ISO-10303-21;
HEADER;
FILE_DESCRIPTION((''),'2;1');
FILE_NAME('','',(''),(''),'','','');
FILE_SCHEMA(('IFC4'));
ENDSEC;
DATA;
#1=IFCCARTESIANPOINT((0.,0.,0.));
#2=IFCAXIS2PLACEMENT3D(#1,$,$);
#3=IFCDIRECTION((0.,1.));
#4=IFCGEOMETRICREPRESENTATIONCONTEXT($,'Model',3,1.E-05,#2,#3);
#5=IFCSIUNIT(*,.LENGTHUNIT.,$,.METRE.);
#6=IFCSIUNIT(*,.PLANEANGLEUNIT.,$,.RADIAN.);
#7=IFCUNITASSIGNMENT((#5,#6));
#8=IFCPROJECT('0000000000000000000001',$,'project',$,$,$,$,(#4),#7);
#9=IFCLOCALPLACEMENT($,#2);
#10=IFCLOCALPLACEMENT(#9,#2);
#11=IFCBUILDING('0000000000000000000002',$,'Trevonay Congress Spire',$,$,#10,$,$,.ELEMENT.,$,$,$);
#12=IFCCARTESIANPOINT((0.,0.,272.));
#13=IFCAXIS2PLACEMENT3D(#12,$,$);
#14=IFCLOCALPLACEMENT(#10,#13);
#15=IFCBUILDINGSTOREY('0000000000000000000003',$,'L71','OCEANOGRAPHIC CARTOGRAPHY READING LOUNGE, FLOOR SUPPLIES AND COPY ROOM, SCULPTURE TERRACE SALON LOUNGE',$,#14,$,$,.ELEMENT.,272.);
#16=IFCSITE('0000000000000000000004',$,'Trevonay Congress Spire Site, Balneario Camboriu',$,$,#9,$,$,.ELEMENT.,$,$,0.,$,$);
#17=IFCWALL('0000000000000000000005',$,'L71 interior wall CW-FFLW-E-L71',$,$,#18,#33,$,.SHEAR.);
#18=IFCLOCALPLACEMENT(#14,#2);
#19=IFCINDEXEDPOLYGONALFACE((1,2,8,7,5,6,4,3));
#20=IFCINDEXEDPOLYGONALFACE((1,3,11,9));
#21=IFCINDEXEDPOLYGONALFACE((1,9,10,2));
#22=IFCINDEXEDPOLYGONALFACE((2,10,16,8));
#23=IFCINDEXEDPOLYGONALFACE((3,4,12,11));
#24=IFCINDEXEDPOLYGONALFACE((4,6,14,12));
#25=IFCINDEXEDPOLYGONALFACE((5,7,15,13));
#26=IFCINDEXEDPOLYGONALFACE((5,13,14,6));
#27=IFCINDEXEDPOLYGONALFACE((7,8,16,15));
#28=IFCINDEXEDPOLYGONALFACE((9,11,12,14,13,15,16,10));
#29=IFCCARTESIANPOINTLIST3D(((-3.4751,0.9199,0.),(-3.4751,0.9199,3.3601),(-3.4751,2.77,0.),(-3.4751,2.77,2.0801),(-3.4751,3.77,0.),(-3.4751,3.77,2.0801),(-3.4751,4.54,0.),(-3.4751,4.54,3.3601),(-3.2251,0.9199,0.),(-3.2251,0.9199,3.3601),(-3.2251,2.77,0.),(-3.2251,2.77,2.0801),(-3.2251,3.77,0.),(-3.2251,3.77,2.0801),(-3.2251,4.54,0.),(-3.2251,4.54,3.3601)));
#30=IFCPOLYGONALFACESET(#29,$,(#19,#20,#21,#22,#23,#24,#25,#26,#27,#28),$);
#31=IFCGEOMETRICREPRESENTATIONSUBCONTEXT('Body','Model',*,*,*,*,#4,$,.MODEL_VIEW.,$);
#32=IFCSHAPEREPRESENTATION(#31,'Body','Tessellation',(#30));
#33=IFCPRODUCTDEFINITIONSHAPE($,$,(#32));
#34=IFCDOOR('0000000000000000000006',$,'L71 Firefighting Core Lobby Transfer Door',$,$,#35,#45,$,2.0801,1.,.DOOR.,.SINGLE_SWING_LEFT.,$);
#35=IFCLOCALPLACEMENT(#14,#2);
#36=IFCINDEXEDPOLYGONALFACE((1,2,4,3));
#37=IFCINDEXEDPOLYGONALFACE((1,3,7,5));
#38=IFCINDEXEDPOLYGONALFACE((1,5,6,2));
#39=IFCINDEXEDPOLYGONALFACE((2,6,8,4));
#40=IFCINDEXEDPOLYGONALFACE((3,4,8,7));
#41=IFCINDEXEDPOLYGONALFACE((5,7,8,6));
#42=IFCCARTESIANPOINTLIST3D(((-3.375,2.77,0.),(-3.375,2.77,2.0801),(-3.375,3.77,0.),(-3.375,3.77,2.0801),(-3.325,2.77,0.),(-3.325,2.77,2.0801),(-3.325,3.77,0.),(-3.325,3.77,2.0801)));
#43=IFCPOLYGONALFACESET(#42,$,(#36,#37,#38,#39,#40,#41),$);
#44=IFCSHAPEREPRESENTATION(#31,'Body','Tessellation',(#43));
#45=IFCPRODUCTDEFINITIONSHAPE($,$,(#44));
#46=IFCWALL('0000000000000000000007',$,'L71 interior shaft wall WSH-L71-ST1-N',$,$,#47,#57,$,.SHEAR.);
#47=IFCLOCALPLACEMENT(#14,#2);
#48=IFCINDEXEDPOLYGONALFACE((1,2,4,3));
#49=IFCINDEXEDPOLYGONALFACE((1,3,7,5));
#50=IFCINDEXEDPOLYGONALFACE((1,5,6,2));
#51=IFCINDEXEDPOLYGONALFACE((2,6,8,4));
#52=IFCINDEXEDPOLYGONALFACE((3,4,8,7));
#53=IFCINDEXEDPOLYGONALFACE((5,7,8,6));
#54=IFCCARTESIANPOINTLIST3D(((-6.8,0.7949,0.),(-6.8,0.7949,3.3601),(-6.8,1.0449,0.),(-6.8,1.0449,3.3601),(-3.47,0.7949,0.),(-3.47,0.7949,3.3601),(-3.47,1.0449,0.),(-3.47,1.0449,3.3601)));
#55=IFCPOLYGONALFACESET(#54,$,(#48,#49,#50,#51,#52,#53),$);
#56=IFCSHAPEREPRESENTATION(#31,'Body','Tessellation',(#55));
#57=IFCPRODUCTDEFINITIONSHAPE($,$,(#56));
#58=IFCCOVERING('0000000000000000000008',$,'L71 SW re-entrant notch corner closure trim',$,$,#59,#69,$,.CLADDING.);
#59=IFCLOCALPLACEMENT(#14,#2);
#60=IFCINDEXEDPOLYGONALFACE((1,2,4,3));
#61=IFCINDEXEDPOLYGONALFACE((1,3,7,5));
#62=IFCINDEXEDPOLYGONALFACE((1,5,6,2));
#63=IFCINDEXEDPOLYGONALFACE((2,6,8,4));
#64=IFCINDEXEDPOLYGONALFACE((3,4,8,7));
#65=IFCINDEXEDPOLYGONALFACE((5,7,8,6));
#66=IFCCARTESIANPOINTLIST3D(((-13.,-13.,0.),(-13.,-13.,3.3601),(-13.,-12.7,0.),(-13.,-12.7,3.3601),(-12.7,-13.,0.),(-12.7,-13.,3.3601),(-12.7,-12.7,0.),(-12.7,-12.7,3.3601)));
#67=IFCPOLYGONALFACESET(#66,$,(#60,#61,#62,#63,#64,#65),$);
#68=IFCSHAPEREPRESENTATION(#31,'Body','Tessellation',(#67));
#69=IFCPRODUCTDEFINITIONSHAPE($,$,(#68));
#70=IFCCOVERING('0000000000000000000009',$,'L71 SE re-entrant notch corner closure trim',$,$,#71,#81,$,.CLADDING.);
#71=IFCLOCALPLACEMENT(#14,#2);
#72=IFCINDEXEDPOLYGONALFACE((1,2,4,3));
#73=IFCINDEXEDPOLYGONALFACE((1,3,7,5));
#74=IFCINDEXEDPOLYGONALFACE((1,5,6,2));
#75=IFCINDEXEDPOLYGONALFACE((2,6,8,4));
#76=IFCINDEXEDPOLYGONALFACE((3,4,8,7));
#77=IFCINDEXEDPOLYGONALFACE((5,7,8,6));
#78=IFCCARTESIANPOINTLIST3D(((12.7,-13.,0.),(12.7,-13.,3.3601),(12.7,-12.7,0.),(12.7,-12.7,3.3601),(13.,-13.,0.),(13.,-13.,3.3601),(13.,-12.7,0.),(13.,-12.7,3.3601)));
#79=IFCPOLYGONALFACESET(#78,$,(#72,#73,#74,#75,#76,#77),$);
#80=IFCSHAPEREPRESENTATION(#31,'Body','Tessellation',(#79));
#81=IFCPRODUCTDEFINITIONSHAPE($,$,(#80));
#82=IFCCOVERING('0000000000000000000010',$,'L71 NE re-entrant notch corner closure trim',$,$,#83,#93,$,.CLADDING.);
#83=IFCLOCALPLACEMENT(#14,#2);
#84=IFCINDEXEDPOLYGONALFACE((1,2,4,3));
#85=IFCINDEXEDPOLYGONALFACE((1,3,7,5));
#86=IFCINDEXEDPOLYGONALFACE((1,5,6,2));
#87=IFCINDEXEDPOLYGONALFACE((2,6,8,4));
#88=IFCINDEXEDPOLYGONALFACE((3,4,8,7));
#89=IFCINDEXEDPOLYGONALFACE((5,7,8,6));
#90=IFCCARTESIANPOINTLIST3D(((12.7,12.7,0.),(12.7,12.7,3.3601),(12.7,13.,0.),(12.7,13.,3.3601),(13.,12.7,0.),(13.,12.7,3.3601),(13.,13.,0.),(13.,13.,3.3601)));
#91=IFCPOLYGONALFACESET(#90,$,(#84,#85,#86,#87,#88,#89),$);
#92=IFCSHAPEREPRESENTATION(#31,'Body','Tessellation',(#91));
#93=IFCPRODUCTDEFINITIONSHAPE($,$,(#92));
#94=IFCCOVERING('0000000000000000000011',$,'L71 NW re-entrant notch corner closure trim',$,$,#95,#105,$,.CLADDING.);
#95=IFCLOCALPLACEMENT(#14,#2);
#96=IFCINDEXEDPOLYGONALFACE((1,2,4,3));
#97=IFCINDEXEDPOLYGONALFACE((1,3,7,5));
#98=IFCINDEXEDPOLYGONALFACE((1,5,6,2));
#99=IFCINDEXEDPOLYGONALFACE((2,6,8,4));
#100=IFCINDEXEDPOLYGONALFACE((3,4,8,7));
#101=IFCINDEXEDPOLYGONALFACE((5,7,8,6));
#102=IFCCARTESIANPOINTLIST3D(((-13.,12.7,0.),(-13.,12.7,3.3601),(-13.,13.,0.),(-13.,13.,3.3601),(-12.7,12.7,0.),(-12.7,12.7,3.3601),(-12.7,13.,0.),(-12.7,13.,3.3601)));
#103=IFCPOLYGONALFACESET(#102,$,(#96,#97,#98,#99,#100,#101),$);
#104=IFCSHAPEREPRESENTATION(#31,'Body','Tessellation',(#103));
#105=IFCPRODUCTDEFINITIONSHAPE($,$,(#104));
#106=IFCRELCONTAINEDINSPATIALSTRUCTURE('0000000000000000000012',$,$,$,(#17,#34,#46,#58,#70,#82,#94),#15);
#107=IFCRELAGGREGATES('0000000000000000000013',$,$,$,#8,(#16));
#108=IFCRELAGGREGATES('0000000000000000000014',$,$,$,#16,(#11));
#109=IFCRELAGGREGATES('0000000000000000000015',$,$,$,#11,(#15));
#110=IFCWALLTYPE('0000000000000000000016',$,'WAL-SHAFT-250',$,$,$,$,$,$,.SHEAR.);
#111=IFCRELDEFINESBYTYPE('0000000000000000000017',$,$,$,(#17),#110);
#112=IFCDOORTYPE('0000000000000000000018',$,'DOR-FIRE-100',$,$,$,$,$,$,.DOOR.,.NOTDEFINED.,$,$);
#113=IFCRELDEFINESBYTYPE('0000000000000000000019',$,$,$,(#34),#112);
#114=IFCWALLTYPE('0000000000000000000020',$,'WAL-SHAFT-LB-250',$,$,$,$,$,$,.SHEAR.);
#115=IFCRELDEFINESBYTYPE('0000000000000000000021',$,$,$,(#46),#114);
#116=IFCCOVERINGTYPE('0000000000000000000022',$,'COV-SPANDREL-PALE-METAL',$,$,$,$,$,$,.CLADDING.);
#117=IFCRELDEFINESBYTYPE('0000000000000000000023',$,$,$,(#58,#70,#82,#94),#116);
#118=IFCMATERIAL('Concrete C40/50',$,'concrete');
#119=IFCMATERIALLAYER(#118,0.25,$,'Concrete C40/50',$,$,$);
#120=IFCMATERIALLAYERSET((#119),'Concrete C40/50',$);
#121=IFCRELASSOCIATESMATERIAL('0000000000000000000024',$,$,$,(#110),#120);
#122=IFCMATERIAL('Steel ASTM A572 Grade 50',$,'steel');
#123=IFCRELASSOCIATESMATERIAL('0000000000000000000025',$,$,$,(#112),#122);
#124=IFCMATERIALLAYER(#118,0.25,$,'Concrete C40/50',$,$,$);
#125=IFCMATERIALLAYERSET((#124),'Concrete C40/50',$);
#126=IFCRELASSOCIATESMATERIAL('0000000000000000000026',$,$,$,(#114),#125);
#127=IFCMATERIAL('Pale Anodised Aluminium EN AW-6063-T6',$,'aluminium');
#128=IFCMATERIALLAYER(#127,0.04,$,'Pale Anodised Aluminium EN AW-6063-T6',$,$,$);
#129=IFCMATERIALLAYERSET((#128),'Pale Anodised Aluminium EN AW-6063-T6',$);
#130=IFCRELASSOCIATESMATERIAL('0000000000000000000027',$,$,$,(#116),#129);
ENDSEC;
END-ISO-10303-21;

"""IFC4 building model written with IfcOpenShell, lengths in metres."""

from ifc_helpers import new_model, si_unit, direction, frame, frame_2d, origin, place, context, subcontext, project, spatial, polyline, rectangle, outline, extrude, material, layer, layer_set, type_object, element, fill, save


model = new_model("IFC4")

# Units and contexts
model_context = context("Model", 3, precision=1e-05, world=origin(), true_north=direction((0.0, 1.0)))
body_context = subcontext(model_context, "Body", "Model", "MODEL_VIEW")
ifc_project = project(units=[si_unit("LENGTHUNIT", "METRE"), si_unit("PLANEANGLEUNIT", "RADIAN")], contexts=[model_context])

# Site, building, storey
site_placement = place(None, origin())
site = spatial("IfcSite", under=ifc_project, at=site_placement, Name="Trevonay Congress Spire Site, Balneario Camboriu", CompositionType="ELEMENT", RefElevation=0.0)
building_placement = place(site_placement, origin())
building = spatial("IfcBuilding", under=site, at=building_placement, Name="Trevonay Congress Spire", CompositionType="ELEMENT")
storey_placement = place(building_placement, frame((0.0, 0.0, 272.0)))
storey = spatial("IfcBuildingStorey", under=building, at=storey_placement, Name="L71", Description="OCEANOGRAPHIC CARTOGRAPHY READING LOUNGE, FLOOR SUPPLIES AND COPY ROOM, SCULPTURE TERRACE SALON LOUNGE", CompositionType="ELEMENT", Elevation=272.0)

# Shared definitions
ifc_material_1 = material(Name="Steel ASTM A572 Grade 50", Category="steel")

# Shared definitions
ifc_material_2 = material(Name="Concrete C40/50", Category="concrete")

# Shared definitions
ifc_layer_1 = layer(ifc_material_2, 0.25, Name="Concrete C40/50")
ifc_layer_set_1 = layer_set([ifc_layer_1], Name="Concrete C40/50")
wall_type_1 = type_object("IfcWallType", Name="WAL-SHAFT-250", PredefinedType="SHEAR", material=ifc_layer_set_1)
ifc_material_3 = material(Name="Pale Anodised Aluminium EN AW-6063-T6", Category="aluminium")

# Wall, opening, door
wall_1_placement = place(storey_placement, frame((-3.3501, 0.9199, 0.0), z_axis=(0.0, 0.0, 1.0), x_axis=(0.0, 1.0, 0.0)))
wall_1 = element("IfcWall", 1, at=wall_1_placement, inside=storey, type_object=wall_type_1, Name="L71 interior wall CW-FFLW-E-L71", PredefinedType="SHEAR", context=body_context, shape_type="SweptSolid", body=[
    extrude(rectangle(XDim=3.6201, YDim=0.25, at=frame_2d((1.8101, 0.0))), origin(), (0.0, 0.0, 1.0), 3.3601),
])
opening_1_placement = place(wall_1_placement, frame((1.8501, 0.0, 0.0)))
opening_1 = element("IfcOpeningElement", 2, at=opening_1_placement, cuts=wall_1, PredefinedType="OPENING", context=body_context, shape_type="SweptSolid", body=[
    extrude(rectangle(XDim=1.0, YDim=2.0801, at=frame_2d((0.5, 1.04))), frame((0.0, 0.135, 0.0), z_axis=(0.0, -1.0, 0.0), x_axis=(1.0, 0.0, 0.0)), (0.0, 0.0, 1.0), 0.27),
])
door_type_1 = type_object("IfcDoorType", Name="DOR-FIRE-100", OperationType="NOTDEFINED", PredefinedType="DOOR", material=ifc_material_1)
door_1_placement = place(opening_1_placement, origin())
door_1 = element("IfcDoor", 3, at=door_1_placement, inside=storey, type_object=door_type_1, Name="L71 Firefighting Core Lobby Transfer Door", OperationType="SINGLE_SWING_LEFT", OverallHeight=2.0801, OverallWidth=1.0, PredefinedType="DOOR", context=body_context, shape_type="SweptSolid", body=[
    extrude(rectangle(XDim=1.0, YDim=2.0801, at=frame_2d((0.5, 1.04))), frame((0.0, 0.0249, 0.0), z_axis=(0.0, -1.0, 0.0), x_axis=(1.0, 0.0, 0.0)), (0.0, 0.0, 1.0), 0.05),
])
fill(opening_1, door_1)

# Wall
ifc_layer_2 = layer(ifc_material_2, 0.25, Name="Concrete C40/50")
ifc_layer_set_2 = layer_set([ifc_layer_2], Name="Concrete C40/50")
wall_type_2 = type_object("IfcWallType", Name="WAL-SHAFT-LB-250", PredefinedType="SHEAR", material=ifc_layer_set_2)
wall_2_placement = place(storey_placement, frame((-6.8, 0.9199, 0.0), z_axis=(0.0, 0.0, 1.0), x_axis=(1.0, 0.0, 0.0)))
element("IfcWall", 4, at=wall_2_placement, inside=storey, type_object=wall_type_2, Name="L71 interior shaft wall WSH-L71-ST1-N", PredefinedType="SHEAR", context=body_context, shape_type="SweptSolid", body=[
    extrude(rectangle(XDim=3.3301, YDim=0.25, at=frame_2d((1.665, 0.0))), origin(), (0.0, 0.0, 1.0), 3.3601),
])

# Coverings
ifc_layer_3 = layer(ifc_material_3, 0.04, Name="Pale Anodised Aluminium EN AW-6063-T6")
ifc_layer_set_3 = layer_set([ifc_layer_3], Name="Pale Anodised Aluminium EN AW-6063-T6")
covering_type = type_object("IfcCoveringType", Name="COV-SPANDREL-PALE-METAL", PredefinedType="CLADDING", material=ifc_layer_set_3)
covering_1_placement = place(storey_placement, origin())
element("IfcCovering", 5, at=covering_1_placement, inside=storey, type_object=covering_type, Name="L71 SW re-entrant notch corner closure trim", PredefinedType="CLADDING", context=body_context, shape_type="SweptSolid", body=[
    extrude(outline(polyline([(-13.0, -13.0), (-12.7, -13.0), (-12.7, -12.7), (-13.0, -12.7), (-13.0, -13.0)])), origin(), (0.0, 0.0, 1.0), 3.3601),
])
covering_2_placement = place(storey_placement, origin())
element("IfcCovering", 6, at=covering_2_placement, inside=storey, type_object=covering_type, Name="L71 SE re-entrant notch corner closure trim", PredefinedType="CLADDING", context=body_context, shape_type="SweptSolid", body=[
    extrude(outline(polyline([(12.7, -13.0), (13.0, -13.0), (13.0, -12.7), (12.7, -12.7), (12.7, -13.0)])), origin(), (0.0, 0.0, 1.0), 3.3601),
])
covering_3_placement = place(storey_placement, origin())
element("IfcCovering", 7, at=covering_3_placement, inside=storey, type_object=covering_type, Name="L71 NE re-entrant notch corner closure trim", PredefinedType="CLADDING", context=body_context, shape_type="SweptSolid", body=[
    extrude(outline(polyline([(12.7, 12.7), (13.0, 12.7), (13.0, 13.0), (12.7, 13.0), (12.7, 12.7)])), origin(), (0.0, 0.0, 1.0), 3.3601),
])
covering_4_placement = place(storey_placement, origin())
element("IfcCovering", 8, at=covering_4_placement, inside=storey, type_object=covering_type, Name="L71 NW re-entrant notch corner closure trim", PredefinedType="CLADDING", context=body_context, shape_type="SweptSolid", body=[
    extrude(outline(polyline([(-13.0, 12.7), (-12.7, 12.7), (-12.7, 13.0), (-13.0, 13.0), (-13.0, 12.7)])), origin(), (0.0, 0.0, 1.0), 3.3601),
])

save(model, "model.ifc")
